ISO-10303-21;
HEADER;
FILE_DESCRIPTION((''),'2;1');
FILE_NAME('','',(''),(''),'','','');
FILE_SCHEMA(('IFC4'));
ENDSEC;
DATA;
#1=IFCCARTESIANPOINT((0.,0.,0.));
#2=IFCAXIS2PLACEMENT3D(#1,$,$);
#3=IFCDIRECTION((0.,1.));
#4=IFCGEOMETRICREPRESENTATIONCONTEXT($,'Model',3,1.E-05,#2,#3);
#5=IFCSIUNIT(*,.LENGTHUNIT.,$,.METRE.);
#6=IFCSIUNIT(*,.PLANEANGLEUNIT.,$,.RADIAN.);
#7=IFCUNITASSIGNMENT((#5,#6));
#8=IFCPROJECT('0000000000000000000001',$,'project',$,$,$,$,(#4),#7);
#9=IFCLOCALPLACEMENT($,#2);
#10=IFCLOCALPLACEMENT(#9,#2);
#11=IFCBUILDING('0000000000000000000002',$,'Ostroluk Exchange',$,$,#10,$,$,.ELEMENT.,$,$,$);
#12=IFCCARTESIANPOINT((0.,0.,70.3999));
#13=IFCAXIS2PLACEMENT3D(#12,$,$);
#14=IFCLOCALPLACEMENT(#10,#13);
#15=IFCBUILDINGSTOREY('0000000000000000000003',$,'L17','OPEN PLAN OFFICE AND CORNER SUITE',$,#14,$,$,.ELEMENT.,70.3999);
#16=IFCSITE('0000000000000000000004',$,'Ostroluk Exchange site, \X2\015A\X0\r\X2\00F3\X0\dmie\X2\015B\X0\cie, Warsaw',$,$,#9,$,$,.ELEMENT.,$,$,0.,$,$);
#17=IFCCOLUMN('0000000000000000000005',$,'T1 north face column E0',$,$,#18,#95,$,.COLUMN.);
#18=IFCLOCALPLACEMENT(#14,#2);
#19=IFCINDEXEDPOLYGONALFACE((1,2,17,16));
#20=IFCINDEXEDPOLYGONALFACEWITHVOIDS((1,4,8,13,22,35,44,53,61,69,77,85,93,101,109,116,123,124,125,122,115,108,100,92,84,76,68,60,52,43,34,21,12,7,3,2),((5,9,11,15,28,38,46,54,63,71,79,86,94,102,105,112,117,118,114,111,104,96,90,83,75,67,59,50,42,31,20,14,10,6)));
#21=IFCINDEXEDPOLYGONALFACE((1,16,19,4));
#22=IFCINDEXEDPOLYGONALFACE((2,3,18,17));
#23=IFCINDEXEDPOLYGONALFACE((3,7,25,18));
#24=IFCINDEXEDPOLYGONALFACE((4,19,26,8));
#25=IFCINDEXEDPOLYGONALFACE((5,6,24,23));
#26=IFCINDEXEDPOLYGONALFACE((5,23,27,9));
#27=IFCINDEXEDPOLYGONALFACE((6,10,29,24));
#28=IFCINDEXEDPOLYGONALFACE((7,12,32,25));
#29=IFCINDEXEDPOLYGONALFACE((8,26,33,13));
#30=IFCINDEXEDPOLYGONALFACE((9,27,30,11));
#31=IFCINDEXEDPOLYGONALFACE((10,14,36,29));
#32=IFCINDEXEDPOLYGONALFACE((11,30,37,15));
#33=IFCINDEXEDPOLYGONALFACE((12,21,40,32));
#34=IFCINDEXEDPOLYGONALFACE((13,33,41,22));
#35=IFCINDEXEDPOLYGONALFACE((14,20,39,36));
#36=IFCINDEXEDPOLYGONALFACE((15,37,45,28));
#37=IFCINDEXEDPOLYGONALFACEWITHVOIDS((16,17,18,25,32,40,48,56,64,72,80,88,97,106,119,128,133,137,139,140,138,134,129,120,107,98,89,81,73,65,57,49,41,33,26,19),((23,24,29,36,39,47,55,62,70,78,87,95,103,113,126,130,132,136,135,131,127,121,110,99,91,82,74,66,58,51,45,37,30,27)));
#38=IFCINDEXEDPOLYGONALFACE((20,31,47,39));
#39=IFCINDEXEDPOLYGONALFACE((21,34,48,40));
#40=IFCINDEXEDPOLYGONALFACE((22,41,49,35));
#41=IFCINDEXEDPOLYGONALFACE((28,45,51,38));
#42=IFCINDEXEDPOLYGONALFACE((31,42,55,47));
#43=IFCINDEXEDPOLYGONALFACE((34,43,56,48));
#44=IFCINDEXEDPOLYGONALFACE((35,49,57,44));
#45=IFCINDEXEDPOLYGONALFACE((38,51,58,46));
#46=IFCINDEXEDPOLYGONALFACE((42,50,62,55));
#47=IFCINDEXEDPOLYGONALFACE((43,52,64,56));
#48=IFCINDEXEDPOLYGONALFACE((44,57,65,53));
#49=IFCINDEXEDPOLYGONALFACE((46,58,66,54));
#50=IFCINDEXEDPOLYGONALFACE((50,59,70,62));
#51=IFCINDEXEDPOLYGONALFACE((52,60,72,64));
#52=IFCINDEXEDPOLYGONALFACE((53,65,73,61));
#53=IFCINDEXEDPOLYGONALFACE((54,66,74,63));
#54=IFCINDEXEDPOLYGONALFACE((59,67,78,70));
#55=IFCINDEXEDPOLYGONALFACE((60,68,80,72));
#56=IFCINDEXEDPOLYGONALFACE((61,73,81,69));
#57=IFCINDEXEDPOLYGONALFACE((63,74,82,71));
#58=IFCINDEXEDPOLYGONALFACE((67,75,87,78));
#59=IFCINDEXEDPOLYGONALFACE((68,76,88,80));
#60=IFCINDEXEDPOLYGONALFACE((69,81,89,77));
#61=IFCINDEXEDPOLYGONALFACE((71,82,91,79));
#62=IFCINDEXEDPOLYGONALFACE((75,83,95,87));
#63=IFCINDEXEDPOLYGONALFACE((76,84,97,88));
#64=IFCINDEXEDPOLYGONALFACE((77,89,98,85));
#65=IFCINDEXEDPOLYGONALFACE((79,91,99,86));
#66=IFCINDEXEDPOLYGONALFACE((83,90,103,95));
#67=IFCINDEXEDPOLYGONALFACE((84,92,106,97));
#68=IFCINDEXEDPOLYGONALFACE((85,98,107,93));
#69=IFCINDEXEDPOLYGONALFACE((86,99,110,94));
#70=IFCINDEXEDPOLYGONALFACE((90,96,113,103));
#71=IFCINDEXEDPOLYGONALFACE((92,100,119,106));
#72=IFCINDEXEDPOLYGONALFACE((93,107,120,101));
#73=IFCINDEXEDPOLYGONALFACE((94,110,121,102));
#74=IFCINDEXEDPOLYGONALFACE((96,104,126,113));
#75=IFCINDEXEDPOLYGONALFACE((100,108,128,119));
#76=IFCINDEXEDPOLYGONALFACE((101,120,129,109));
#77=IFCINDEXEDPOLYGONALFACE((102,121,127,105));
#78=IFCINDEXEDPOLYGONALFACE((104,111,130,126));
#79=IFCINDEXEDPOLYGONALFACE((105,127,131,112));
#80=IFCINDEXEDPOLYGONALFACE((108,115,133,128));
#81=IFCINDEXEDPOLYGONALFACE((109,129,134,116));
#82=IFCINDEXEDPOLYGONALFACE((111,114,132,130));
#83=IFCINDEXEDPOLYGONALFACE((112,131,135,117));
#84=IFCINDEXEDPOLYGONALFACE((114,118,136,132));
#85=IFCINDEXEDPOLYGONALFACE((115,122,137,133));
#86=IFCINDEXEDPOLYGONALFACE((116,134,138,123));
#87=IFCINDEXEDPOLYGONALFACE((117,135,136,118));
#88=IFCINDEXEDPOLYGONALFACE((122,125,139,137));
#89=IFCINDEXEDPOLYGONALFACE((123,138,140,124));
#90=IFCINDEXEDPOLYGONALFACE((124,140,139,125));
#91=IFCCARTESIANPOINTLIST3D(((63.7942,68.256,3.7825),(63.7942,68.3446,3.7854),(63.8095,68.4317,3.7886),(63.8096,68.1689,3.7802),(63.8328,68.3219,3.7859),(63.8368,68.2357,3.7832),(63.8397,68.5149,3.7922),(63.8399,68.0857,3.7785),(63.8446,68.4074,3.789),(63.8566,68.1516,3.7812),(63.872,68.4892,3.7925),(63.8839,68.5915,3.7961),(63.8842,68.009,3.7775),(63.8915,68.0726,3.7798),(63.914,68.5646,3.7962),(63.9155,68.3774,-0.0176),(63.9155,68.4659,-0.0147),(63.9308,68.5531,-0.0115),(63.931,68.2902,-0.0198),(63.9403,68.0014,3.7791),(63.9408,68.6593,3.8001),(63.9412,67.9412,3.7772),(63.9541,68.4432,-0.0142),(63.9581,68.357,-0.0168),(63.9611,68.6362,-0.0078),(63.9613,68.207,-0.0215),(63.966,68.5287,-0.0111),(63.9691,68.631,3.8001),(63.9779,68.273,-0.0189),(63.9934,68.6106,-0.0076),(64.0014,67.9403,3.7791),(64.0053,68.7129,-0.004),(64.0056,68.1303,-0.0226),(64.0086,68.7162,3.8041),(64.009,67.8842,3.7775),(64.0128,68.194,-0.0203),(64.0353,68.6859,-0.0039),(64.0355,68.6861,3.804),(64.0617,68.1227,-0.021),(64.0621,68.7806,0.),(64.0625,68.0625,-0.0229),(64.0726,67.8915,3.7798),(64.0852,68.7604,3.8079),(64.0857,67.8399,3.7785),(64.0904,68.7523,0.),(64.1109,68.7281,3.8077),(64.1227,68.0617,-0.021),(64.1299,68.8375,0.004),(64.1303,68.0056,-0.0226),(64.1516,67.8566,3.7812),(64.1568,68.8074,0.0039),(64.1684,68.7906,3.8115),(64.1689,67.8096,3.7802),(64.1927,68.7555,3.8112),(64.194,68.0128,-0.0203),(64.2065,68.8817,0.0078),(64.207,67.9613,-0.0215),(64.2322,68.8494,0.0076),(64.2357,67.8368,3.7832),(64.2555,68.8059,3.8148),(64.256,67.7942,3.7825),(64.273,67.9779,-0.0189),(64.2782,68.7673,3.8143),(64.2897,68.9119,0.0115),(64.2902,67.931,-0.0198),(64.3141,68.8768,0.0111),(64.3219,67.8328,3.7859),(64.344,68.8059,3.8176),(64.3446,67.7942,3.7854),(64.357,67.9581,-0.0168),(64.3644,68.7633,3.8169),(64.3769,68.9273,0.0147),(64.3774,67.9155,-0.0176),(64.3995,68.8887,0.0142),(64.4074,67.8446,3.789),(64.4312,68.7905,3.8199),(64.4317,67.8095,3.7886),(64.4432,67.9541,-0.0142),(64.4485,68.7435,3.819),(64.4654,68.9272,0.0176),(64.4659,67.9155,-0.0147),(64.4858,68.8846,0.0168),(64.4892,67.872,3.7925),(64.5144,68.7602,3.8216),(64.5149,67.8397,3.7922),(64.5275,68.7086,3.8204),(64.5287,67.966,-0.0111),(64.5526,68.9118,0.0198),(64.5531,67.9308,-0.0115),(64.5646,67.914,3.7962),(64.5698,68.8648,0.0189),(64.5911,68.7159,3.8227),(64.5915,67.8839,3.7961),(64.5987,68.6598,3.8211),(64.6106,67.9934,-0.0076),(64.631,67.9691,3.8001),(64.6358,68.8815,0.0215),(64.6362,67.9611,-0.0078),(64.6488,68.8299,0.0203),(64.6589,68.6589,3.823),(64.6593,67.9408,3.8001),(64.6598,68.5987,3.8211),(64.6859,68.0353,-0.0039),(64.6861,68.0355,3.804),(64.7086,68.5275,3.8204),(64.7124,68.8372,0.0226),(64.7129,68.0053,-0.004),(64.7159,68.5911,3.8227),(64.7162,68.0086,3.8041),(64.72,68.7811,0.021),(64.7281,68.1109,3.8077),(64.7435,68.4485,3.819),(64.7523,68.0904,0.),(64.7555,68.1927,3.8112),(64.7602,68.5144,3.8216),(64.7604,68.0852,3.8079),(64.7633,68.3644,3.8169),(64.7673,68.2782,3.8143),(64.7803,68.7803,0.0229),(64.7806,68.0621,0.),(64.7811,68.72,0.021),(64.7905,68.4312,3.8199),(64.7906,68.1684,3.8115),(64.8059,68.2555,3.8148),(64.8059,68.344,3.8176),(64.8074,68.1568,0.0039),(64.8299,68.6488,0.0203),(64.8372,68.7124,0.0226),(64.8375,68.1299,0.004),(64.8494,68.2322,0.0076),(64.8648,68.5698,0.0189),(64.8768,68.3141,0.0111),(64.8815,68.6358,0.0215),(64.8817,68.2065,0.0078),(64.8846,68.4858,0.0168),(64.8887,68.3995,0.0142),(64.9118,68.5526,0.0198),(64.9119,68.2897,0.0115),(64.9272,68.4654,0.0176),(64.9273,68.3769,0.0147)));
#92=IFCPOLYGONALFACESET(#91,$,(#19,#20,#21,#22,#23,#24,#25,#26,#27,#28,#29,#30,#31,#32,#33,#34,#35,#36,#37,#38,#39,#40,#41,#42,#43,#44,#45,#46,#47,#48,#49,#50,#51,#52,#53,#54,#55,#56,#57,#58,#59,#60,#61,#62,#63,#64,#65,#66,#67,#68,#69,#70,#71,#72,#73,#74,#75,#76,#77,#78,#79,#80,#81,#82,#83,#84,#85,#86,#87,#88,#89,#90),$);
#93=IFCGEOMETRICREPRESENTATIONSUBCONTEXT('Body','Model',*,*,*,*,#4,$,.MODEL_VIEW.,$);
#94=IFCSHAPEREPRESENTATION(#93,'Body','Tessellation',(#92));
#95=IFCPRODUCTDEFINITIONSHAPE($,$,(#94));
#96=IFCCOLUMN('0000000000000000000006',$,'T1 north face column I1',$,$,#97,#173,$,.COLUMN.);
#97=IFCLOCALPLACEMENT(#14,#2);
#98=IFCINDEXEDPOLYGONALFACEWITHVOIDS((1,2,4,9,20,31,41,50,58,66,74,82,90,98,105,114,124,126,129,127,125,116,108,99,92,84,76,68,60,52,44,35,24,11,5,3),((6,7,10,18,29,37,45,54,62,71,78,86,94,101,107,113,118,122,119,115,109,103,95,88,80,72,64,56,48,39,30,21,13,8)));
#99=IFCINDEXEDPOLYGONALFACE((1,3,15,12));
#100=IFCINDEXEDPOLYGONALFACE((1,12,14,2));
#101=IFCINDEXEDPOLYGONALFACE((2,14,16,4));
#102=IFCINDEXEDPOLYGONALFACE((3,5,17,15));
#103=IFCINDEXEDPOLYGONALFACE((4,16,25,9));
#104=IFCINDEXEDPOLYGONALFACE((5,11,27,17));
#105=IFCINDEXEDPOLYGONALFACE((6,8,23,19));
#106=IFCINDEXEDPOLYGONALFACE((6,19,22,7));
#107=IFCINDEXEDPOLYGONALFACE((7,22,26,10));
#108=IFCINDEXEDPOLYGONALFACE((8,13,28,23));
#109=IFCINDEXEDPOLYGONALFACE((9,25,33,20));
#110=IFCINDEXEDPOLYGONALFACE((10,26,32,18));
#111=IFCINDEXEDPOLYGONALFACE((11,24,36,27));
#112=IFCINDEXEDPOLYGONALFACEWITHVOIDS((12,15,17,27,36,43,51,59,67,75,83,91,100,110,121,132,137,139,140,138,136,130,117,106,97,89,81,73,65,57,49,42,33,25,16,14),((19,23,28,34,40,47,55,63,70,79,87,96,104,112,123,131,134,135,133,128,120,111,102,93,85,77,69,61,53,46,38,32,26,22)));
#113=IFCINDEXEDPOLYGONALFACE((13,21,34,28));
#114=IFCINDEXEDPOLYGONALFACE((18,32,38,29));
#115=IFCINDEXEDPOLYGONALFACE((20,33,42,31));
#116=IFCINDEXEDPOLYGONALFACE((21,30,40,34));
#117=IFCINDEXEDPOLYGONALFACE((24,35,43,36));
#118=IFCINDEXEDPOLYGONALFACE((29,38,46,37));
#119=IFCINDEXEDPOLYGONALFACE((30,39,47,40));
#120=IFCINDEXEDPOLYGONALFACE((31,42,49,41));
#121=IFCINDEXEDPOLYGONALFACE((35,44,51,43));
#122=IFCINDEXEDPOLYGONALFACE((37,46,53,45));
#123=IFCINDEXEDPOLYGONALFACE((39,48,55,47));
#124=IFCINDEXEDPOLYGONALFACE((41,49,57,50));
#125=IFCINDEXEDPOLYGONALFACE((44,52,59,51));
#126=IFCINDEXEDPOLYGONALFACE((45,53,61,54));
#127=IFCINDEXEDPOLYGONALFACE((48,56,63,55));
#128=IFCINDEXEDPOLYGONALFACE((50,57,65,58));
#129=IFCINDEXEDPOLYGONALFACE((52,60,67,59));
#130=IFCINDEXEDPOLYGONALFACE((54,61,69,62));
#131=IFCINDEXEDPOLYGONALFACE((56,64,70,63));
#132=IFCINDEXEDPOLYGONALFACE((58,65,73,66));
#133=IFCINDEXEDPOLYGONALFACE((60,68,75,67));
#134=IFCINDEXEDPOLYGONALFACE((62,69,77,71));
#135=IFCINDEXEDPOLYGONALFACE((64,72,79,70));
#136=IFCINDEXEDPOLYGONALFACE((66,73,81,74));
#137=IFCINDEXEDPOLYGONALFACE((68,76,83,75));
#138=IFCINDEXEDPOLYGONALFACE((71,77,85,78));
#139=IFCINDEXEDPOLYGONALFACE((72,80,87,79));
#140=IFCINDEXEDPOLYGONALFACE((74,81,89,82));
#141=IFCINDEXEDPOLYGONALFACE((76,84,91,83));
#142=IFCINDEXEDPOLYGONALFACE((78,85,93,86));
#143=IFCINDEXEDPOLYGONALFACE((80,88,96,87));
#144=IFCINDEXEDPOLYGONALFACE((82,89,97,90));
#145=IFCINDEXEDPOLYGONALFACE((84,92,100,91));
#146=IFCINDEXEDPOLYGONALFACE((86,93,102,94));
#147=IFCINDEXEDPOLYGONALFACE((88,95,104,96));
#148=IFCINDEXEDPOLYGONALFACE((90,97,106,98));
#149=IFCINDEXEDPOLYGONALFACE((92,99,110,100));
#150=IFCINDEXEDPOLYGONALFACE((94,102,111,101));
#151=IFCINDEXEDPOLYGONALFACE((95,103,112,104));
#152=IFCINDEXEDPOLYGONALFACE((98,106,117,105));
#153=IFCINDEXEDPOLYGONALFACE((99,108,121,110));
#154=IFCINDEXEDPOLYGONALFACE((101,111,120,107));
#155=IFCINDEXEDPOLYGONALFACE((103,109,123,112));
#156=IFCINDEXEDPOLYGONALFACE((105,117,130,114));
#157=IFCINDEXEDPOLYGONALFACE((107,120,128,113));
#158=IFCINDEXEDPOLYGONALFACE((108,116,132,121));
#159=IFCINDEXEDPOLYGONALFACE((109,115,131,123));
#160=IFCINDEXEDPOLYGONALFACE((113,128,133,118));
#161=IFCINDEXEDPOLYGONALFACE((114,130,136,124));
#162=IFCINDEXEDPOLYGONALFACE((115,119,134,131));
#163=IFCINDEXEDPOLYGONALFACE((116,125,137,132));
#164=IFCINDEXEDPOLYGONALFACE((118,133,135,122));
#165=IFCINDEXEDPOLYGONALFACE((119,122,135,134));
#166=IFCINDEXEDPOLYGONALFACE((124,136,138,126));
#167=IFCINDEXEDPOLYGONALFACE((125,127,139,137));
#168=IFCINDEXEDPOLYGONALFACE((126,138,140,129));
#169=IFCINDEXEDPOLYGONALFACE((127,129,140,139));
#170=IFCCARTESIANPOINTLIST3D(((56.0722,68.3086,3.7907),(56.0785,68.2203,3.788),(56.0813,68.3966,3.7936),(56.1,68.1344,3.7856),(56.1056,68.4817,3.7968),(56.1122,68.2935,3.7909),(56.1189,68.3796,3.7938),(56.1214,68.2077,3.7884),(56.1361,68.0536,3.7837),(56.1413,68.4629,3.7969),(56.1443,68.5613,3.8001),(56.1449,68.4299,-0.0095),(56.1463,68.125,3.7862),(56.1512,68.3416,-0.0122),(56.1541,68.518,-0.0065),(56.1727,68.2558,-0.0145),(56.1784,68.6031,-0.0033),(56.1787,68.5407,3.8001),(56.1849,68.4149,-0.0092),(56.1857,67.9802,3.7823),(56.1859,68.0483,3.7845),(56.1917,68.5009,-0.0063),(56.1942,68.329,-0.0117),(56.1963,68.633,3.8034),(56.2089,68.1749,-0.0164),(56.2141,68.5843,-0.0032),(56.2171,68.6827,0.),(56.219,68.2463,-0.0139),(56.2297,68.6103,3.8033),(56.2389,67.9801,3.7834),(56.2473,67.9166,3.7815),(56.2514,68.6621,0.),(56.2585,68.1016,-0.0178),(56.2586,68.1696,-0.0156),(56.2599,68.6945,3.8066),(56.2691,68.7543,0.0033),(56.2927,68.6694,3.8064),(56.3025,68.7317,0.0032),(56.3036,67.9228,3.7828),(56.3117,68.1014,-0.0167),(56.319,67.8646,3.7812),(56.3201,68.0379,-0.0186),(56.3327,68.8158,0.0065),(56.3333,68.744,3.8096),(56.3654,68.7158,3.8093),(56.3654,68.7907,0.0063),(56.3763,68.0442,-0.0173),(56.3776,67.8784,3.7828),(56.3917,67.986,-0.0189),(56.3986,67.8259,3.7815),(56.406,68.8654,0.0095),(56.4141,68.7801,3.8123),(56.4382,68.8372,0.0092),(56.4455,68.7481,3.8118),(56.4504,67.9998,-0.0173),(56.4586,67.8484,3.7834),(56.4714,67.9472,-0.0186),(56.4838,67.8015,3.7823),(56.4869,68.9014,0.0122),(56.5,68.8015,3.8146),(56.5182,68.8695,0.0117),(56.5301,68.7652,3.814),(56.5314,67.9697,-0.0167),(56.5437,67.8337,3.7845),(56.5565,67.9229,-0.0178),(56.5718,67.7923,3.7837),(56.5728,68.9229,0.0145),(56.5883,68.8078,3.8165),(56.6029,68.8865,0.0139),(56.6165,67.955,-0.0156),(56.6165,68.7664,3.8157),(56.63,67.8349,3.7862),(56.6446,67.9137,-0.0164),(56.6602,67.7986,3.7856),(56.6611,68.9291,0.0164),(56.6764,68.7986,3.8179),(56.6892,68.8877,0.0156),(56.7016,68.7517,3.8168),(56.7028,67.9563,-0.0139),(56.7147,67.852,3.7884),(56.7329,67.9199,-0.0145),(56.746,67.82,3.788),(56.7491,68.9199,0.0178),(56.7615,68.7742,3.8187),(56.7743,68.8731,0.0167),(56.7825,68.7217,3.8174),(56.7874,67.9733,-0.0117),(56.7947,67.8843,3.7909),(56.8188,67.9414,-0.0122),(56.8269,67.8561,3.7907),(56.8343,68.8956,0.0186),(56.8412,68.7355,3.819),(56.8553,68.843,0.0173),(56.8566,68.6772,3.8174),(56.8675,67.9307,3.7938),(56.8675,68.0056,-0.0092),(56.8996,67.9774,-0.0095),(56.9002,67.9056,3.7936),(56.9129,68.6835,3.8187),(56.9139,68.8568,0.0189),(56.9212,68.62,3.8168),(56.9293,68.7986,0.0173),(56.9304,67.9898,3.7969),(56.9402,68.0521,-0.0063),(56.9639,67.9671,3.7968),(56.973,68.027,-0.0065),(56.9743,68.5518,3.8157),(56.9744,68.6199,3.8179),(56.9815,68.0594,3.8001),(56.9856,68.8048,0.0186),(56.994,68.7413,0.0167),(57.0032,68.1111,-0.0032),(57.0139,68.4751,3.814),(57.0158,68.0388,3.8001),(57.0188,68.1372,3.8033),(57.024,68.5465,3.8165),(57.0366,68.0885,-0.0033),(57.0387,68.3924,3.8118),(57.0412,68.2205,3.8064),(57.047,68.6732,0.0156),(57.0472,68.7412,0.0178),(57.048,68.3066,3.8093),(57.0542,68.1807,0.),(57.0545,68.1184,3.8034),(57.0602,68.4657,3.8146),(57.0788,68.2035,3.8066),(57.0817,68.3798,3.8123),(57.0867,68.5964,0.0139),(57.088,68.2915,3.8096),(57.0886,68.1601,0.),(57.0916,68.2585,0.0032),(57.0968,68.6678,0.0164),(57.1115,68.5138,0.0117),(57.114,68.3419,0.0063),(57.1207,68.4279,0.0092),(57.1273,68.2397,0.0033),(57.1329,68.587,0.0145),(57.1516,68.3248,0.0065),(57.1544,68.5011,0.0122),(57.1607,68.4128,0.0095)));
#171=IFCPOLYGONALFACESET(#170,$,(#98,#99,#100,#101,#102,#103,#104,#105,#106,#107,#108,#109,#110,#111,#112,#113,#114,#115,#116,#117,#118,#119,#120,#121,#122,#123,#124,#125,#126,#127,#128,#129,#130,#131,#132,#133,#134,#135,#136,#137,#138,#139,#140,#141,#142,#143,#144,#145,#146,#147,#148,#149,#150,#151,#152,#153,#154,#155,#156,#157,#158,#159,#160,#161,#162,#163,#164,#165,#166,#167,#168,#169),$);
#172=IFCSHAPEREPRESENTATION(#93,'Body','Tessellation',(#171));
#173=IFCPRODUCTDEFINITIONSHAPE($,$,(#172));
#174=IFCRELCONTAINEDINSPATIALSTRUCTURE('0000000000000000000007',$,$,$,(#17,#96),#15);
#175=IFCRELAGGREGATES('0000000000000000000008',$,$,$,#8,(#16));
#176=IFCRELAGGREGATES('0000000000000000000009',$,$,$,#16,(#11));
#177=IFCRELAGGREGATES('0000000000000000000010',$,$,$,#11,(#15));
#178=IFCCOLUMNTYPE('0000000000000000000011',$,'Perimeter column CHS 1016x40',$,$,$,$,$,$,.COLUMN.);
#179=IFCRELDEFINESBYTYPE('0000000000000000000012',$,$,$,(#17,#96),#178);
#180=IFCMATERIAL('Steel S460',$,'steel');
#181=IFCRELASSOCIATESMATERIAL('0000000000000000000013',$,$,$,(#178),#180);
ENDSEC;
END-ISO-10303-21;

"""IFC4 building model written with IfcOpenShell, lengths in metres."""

from ifc_helpers import new_model, si_unit, direction, frame, origin, origin_2d, place, context, subcontext, project, spatial, hollow_circle, extrude, material, material_profile, profile_set, type_object, element, save


model = new_model("IFC4")

# Units and contexts
model_context = context("Model", 3, precision=1e-05, world=origin(), true_north=direction((0.0, 1.0)))
body_context = subcontext(model_context, "Body", "Model", "MODEL_VIEW")
ifc_project = project(units=[si_unit("LENGTHUNIT", "METRE"), si_unit("PLANEANGLEUNIT", "RADIAN")], contexts=[model_context])

# Site, building, storey
site_placement = place(None, origin())
site = spatial("IfcSite", under=ifc_project, at=site_placement, Name="Ostroluk Exchange site, Śródmieście, Warsaw", CompositionType="ELEMENT", RefElevation=0.0)
building_placement = place(site_placement, origin())
building = spatial("IfcBuilding", under=site, at=building_placement, Name="Ostroluk Exchange", CompositionType="ELEMENT")
storey_placement = place(building_placement, frame((0.0, 0.0, 70.3999)))
storey = spatial("IfcBuildingStorey", under=building, at=storey_placement, Name="L17", Description="OPEN PLAN OFFICE AND CORNER SUITE", CompositionType="ELEMENT", Elevation=70.3999)

# Columns
ifc_material_1 = material(Name="Steel S460", Category="steel")
ifc_material_profile_1 = material_profile(ifc_material_1, hollow_circle(Radius=0.5081, WallThickness=0.04, at=origin_2d()), Name="CHS 1016x40")
ifc_profile_set_1 = profile_set([ifc_material_profile_1], Name="Steel S460")
column_type = type_object("IfcColumnType", Name="Perimeter column CHS 1016x40", PredefinedType="COLUMN", material=ifc_profile_set_1)
column_1_placement = place(storey_placement, frame((64.4214, 68.4214, 0.0), z_axis=(-0.031898, -0.031898, 0.998982), x_axis=(0.707107, -0.707107, 0.0)))
element("IfcColumn", 1, at=column_1_placement, inside=storey, type_object=column_type, Name="T1 north face column E0", PredefinedType="COLUMN", context=body_context, shape_type="SweptSolid", body=[
    extrude(hollow_circle(Radius=0.5081, WallThickness=0.04, at=origin_2d()), origin(), (0.0, 0.0, 1.0), 3.804),
])
column_2_placement = place(storey_placement, frame((56.6528, 68.4214, 0.0), z_axis=(-0.019132, -0.031909, 0.999308), x_axis=(0.857645, -0.514242, 0.0)))
element("IfcColumn", 2, at=column_2_placement, inside=storey, type_object=column_type, Name="T1 north face column I1", PredefinedType="COLUMN", context=body_context, shape_type="SweptSolid", body=[
    extrude(hollow_circle(Radius=0.5081, WallThickness=0.04, at=origin_2d()), origin(), (0.0, 0.0, 1.0), 3.8027),
])

save(model, "model.ifc")
